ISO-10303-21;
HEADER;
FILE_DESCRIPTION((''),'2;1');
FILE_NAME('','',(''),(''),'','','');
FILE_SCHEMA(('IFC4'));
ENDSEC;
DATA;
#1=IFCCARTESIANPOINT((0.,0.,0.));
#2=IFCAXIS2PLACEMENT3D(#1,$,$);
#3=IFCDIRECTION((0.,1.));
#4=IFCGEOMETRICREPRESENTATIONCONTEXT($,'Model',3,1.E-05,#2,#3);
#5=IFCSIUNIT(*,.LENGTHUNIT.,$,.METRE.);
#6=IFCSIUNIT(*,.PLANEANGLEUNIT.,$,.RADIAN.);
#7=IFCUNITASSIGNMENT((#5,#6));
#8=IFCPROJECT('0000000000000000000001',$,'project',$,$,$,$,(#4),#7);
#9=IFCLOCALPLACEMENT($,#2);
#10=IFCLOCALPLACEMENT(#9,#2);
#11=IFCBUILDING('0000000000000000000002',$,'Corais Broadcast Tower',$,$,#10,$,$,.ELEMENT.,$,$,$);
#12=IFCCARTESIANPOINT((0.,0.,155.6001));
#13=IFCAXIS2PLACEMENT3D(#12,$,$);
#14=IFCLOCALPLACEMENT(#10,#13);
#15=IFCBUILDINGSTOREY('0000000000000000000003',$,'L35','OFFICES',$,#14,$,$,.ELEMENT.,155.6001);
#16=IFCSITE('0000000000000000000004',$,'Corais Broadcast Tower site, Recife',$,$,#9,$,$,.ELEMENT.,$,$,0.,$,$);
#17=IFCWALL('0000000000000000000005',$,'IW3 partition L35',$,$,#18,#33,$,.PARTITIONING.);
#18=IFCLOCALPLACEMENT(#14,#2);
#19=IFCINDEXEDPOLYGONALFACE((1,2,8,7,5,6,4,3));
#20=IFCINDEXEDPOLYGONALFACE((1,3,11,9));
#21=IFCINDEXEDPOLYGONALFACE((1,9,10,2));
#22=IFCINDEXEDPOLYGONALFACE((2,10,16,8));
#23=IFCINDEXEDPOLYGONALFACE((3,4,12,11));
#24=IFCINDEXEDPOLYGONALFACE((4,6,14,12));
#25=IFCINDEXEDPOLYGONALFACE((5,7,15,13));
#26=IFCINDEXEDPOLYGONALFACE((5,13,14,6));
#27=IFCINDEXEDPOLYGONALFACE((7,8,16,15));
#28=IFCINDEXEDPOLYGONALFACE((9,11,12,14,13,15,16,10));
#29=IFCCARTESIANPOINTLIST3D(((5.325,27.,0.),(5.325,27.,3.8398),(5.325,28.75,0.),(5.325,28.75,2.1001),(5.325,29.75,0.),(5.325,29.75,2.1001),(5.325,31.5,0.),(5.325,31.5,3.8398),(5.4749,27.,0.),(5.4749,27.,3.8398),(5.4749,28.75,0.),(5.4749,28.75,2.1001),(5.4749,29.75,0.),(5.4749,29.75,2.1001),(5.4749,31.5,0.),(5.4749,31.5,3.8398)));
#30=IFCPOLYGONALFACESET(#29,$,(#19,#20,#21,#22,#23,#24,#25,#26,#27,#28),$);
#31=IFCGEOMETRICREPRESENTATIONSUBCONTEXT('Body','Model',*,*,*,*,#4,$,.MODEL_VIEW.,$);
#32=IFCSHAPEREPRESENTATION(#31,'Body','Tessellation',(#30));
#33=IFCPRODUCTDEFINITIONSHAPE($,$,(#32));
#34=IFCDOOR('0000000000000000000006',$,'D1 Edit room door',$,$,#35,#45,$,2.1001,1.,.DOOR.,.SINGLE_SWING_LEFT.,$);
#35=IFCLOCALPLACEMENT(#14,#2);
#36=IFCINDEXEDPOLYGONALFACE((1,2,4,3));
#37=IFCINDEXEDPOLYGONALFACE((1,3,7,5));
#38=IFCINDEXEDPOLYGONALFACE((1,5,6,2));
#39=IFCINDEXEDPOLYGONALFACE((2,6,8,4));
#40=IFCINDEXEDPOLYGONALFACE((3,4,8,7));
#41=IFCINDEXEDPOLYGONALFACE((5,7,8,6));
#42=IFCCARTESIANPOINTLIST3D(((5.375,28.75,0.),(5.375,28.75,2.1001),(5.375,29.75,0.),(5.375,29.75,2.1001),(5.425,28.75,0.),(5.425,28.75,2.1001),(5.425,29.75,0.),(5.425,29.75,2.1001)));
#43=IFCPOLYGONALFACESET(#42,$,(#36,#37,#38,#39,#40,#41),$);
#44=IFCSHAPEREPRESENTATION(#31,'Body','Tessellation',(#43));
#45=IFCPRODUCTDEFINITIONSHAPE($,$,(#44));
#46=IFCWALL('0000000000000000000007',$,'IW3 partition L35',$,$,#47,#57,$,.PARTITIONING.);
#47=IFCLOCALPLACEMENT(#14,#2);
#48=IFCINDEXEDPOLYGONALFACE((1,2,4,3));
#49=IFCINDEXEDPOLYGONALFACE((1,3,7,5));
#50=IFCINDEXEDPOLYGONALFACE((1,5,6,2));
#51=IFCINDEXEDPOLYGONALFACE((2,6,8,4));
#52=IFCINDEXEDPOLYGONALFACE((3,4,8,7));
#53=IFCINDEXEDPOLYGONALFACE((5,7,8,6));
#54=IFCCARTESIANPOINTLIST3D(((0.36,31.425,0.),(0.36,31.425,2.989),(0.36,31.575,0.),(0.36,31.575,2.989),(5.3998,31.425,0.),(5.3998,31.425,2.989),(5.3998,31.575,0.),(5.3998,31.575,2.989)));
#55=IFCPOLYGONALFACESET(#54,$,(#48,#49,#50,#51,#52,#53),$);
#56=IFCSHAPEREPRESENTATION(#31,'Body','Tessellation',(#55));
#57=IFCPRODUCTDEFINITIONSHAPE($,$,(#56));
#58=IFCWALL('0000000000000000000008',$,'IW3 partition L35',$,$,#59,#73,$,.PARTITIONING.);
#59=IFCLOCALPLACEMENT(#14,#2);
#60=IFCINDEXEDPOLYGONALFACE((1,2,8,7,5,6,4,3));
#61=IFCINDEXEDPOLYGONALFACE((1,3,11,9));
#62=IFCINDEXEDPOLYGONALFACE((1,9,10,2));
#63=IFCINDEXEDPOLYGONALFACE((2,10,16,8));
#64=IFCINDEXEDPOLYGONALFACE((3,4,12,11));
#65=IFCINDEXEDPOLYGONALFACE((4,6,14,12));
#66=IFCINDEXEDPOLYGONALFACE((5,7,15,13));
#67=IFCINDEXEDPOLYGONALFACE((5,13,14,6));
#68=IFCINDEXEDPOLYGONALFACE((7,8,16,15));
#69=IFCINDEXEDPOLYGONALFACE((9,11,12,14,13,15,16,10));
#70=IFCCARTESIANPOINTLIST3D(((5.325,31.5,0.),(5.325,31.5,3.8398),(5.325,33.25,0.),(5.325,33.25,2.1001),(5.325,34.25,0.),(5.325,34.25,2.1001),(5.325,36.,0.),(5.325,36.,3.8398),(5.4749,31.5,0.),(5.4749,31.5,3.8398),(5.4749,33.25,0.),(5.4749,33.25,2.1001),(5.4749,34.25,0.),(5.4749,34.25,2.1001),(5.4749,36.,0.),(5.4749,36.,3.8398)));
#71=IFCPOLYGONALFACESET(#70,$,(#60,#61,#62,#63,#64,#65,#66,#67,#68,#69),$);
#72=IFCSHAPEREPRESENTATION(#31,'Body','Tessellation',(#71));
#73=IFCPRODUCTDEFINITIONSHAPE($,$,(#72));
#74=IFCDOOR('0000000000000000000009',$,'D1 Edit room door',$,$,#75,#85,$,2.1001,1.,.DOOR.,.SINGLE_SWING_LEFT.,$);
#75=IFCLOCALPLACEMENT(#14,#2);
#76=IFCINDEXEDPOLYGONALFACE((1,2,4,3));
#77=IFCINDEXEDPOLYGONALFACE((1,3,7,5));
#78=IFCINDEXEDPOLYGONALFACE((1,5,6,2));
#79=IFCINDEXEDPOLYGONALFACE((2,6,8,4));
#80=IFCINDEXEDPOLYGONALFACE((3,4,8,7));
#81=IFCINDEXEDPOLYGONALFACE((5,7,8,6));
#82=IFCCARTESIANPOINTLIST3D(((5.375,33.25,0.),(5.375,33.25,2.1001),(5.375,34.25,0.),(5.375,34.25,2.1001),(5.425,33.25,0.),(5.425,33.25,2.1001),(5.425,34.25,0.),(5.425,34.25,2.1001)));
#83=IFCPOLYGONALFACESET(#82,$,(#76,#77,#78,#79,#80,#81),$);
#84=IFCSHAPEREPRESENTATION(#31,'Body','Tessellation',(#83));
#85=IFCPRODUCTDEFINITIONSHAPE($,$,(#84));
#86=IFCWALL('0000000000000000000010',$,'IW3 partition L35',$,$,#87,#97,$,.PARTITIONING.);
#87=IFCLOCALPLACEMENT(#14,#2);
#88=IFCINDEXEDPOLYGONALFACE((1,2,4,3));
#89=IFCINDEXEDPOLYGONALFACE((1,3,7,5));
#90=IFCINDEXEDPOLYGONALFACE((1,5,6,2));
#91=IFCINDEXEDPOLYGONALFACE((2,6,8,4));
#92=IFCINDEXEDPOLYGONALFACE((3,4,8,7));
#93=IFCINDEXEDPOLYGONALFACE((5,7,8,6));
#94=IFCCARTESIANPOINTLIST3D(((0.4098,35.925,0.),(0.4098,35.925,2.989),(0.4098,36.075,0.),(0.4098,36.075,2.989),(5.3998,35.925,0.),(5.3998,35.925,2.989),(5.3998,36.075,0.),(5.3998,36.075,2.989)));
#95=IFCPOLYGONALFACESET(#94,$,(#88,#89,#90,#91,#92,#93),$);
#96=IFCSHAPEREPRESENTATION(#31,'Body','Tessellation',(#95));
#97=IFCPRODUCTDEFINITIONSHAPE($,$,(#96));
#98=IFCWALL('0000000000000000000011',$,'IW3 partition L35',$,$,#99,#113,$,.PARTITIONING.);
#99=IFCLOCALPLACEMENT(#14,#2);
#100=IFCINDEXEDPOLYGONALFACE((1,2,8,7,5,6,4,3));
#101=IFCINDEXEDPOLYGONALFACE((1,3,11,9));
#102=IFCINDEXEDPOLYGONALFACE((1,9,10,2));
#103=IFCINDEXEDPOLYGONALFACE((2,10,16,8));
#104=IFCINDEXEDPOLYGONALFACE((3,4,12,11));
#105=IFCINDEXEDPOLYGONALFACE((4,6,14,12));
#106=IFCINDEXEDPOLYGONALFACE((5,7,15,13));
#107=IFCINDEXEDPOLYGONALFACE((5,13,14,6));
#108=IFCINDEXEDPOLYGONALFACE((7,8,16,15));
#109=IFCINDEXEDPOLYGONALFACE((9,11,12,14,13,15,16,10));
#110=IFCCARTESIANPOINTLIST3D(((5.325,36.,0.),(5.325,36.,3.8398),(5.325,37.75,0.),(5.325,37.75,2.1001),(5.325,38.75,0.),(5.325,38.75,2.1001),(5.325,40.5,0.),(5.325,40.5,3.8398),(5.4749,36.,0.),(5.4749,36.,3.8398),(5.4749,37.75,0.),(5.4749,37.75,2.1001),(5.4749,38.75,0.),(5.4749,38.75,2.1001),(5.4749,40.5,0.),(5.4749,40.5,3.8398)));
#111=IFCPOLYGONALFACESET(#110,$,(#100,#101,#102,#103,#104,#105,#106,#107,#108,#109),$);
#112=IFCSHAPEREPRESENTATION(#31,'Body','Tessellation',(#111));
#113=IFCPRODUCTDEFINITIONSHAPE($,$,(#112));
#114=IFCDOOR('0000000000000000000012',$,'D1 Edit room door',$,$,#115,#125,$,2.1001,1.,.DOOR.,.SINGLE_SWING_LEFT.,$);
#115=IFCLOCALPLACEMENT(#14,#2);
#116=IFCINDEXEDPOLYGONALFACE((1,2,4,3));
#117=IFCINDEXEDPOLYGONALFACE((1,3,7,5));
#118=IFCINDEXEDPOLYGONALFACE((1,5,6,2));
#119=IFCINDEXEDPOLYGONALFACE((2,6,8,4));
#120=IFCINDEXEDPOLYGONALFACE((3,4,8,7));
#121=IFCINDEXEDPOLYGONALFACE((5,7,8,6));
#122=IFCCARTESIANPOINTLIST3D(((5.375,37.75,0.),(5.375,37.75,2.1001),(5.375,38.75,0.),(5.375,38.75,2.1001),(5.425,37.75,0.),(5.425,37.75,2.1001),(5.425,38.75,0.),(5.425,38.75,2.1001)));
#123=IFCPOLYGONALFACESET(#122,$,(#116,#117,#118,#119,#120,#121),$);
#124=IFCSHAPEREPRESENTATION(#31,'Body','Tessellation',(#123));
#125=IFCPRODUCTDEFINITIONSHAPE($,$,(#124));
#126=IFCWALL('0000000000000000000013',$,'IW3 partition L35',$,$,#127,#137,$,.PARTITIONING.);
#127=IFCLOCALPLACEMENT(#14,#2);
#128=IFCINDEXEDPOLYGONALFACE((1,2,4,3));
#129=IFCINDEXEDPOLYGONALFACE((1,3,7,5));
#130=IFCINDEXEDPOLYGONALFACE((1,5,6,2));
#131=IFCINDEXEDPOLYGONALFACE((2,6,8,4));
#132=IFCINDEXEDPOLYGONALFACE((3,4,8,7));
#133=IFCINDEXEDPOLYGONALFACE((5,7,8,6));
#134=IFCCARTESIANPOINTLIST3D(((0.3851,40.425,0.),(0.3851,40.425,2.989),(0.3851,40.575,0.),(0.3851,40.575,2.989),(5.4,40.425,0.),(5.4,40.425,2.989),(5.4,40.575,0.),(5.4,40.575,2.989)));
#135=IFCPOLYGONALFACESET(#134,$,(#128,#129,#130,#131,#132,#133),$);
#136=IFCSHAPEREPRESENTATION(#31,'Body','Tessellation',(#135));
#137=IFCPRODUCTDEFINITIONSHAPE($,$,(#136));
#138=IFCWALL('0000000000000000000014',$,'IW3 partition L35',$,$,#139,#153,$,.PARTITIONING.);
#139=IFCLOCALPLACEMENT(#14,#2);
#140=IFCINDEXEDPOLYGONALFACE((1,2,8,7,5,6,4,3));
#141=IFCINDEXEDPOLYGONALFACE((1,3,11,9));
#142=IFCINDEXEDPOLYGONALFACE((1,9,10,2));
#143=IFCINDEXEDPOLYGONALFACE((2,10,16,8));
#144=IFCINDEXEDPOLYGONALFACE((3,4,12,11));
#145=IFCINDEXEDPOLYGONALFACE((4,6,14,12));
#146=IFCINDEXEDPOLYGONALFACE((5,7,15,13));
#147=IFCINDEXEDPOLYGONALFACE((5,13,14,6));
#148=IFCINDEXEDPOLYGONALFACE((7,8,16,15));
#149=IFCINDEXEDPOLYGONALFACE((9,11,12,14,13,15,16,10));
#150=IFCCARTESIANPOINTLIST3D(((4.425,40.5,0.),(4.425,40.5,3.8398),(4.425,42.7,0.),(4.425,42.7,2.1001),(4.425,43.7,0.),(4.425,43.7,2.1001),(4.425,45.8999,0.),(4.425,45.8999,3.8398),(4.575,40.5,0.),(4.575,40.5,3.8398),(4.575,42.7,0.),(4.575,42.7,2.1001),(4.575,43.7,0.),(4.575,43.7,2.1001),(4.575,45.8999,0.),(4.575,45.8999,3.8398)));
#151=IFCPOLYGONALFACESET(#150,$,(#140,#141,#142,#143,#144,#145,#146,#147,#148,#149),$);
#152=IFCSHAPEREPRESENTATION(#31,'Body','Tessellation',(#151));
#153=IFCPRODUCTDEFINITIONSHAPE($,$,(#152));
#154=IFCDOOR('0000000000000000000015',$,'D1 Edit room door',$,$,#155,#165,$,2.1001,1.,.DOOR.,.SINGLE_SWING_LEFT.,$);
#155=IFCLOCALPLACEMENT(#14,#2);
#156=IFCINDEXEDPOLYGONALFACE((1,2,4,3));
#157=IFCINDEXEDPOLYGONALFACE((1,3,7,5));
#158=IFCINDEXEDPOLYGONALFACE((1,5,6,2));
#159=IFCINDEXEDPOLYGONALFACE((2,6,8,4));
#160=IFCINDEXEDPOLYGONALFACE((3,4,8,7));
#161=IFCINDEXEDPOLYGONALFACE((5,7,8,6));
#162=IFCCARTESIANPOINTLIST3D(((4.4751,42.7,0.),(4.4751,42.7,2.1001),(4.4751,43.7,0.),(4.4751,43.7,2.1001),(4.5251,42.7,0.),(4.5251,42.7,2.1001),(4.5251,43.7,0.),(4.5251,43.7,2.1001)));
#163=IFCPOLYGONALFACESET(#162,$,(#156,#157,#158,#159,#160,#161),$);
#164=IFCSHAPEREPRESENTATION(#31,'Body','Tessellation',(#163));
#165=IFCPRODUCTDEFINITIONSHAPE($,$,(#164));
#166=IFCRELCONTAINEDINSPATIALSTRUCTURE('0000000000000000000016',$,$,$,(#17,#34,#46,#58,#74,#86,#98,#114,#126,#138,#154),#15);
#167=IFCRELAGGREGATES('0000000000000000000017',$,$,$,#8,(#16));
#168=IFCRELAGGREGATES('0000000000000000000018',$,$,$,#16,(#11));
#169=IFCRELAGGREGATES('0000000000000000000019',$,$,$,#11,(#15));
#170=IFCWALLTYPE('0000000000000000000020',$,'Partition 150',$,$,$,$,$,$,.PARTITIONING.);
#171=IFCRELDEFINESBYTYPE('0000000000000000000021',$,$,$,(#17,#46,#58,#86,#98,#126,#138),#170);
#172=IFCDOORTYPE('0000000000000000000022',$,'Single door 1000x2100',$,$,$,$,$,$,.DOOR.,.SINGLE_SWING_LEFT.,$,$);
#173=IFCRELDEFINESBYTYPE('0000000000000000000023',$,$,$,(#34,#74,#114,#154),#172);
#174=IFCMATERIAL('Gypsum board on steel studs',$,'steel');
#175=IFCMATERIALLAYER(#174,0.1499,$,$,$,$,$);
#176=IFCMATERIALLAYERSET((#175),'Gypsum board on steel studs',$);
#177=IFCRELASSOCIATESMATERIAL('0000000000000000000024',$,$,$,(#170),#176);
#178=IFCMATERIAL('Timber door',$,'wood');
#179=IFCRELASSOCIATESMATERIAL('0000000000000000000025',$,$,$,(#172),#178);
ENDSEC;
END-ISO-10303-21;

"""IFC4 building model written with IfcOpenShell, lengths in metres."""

from ifc_helpers import new_model, si_unit, direction, frame, frame_2d, origin, place, context, subcontext, project, spatial, rectangle, extrude, material, layer, layer_set, type_object, element, fill, save


model = new_model("IFC4")

# Units and contexts
model_context = context("Model", 3, precision=1e-05, world=origin(), true_north=direction((0.0, 1.0)))
body_context = subcontext(model_context, "Body", "Model", "MODEL_VIEW")
ifc_project = project(units=[si_unit("LENGTHUNIT", "METRE"), si_unit("PLANEANGLEUNIT", "RADIAN")], contexts=[model_context])

# Site, building, storey
site_placement = place(None, origin())
site = spatial("IfcSite", under=ifc_project, at=site_placement, Name="Corais Broadcast Tower site, Recife", CompositionType="ELEMENT", RefElevation=0.0)
building_placement = place(site_placement, origin())
building = spatial("IfcBuilding", under=site, at=building_placement, Name="Corais Broadcast Tower", CompositionType="ELEMENT")
storey_placement = place(building_placement, frame((0.0, 0.0, 155.6001)))
storey = spatial("IfcBuildingStorey", under=building, at=storey_placement, Name="L35", Description="OFFICES", CompositionType="ELEMENT", Elevation=155.6001)

# Shared definitions
ifc_material_1 = material(Name="Gypsum board on steel studs", Category="steel")
ifc_layer_1 = layer(ifc_material_1, 0.1499)
ifc_layer_set_1 = layer_set([ifc_layer_1], Name="Gypsum board on steel studs")
wall_type_1 = type_object("IfcWallType", Name="Partition 150", PredefinedType="PARTITIONING", material=ifc_layer_set_1)
ifc_material_2 = material(Name="Timber door", Category="wood")
door_type_1 = type_object("IfcDoorType", Name="Single door 1000x2100", OperationType="SINGLE_SWING_LEFT", PredefinedType="DOOR", material=ifc_material_2)

# Wall, opening, door
wall_1_placement = place(storey_placement, frame((5.3999, 27.0, 0.0), z_axis=(0.0, 0.0, 1.0), x_axis=(0.0, 1.0, 0.0)))
wall_1 = element("IfcWall", 1, at=wall_1_placement, inside=storey, type_object=wall_type_1, Name="IW3 partition L35", PredefinedType="PARTITIONING", context=body_context, shape_type="SweptSolid", body=[
    extrude(rectangle(XDim=4.5, YDim=0.1499, at=frame_2d((2.25, 0.0))), origin(), (0.0, 0.0, 1.0), 3.8398),
])
opening_1_placement = place(wall_1_placement, frame((1.75, 0.0, 0.0)))
opening_1 = element("IfcOpeningElement", 2, at=opening_1_placement, cuts=wall_1, PredefinedType="OPENING", context=body_context, shape_type="SweptSolid", body=[
    extrude(rectangle(XDim=1.0, YDim=2.1001, at=frame_2d((0.5, 1.05))), frame((0.0, 0.085, 0.0), z_axis=(0.0, -1.0, 0.0), x_axis=(1.0, 0.0, 0.0)), (0.0, 0.0, 1.0), 0.1699),
])
door_1_placement = place(opening_1_placement, origin())
door_1 = element("IfcDoor", 3, at=door_1_placement, inside=storey, type_object=door_type_1, Name="D1 Edit room door", OperationType="SINGLE_SWING_LEFT", OverallHeight=2.1001, OverallWidth=1.0, PredefinedType="DOOR", context=body_context, shape_type="SweptSolid", body=[
    extrude(rectangle(XDim=1.0, YDim=2.1001, at=frame_2d((0.5, 1.05))), frame((0.0, 0.0249, 0.0), z_axis=(0.0, -1.0, 0.0), x_axis=(1.0, 0.0, 0.0)), (0.0, 0.0, 1.0), 0.05),
])
fill(opening_1, door_1)

# Wall
wall_2_placement = place(storey_placement, frame((5.3999, 31.5, 0.0), z_axis=(0.0, 0.0, 1.0), x_axis=(-1.0, 0.0, 0.0)))
element("IfcWall", 4, at=wall_2_placement, inside=storey, type_object=wall_type_1, Name="IW3 partition L35", PredefinedType="PARTITIONING", context=body_context, shape_type="SweptSolid", body=[
    extrude(rectangle(XDim=5.0398, YDim=0.1499, at=frame_2d((2.52, 0.0))), origin(), (0.0, 0.0, 1.0), 2.989),
])

# Wall, opening, door
wall_3_placement = place(storey_placement, frame((5.3999, 31.5, 0.0), z_axis=(0.0, 0.0, 1.0), x_axis=(0.0, 1.0, 0.0)))
wall_3 = element("IfcWall", 5, at=wall_3_placement, inside=storey, type_object=wall_type_1, Name="IW3 partition L35", PredefinedType="PARTITIONING", context=body_context, shape_type="SweptSolid", body=[
    extrude(rectangle(XDim=4.5, YDim=0.1499, at=frame_2d((2.25, 0.0))), origin(), (0.0, 0.0, 1.0), 3.8398),
])
opening_2_placement = place(wall_3_placement, frame((1.75, 0.0, 0.0)))
opening_2 = element("IfcOpeningElement", 6, at=opening_2_placement, cuts=wall_3, PredefinedType="OPENING", context=body_context, shape_type="SweptSolid", body=[
    extrude(rectangle(XDim=1.0, YDim=2.1001, at=frame_2d((0.5, 1.05))), frame((0.0, 0.085, 0.0), z_axis=(0.0, -1.0, 0.0), x_axis=(1.0, 0.0, 0.0)), (0.0, 0.0, 1.0), 0.1699),
])
door_2_placement = place(opening_2_placement, origin())
door_2 = element("IfcDoor", 7, at=door_2_placement, inside=storey, type_object=door_type_1, Name="D1 Edit room door", OperationType="SINGLE_SWING_LEFT", OverallHeight=2.1001, OverallWidth=1.0, PredefinedType="DOOR", context=body_context, shape_type="SweptSolid", body=[
    extrude(rectangle(XDim=1.0, YDim=2.1001, at=frame_2d((0.5, 1.05))), frame((0.0, 0.0249, 0.0), z_axis=(0.0, -1.0, 0.0), x_axis=(1.0, 0.0, 0.0)), (0.0, 0.0, 1.0), 0.05),
])
fill(opening_2, door_2)

# Wall
wall_4_placement = place(storey_placement, frame((5.3999, 36.0, 0.0), z_axis=(0.0, 0.0, 1.0), x_axis=(-1.0, 0.0, 0.0)))
element("IfcWall", 8, at=wall_4_placement, inside=storey, type_object=wall_type_1, Name="IW3 partition L35", PredefinedType="PARTITIONING", context=body_context, shape_type="SweptSolid", body=[
    extrude(rectangle(XDim=4.99, YDim=0.1499, at=frame_2d((2.4951, 0.0))), origin(), (0.0, 0.0, 1.0), 2.989),
])

# Wall, opening, door
wall_5_placement = place(storey_placement, frame((5.3999, 36.0, 0.0), z_axis=(0.0, 0.0, 1.0), x_axis=(0.0, 1.0, 0.0)))
wall_5 = element("IfcWall", 9, at=wall_5_placement, inside=storey, type_object=wall_type_1, Name="IW3 partition L35", PredefinedType="PARTITIONING", context=body_context, shape_type="SweptSolid", body=[
    extrude(rectangle(XDim=4.5, YDim=0.1499, at=frame_2d((2.25, 0.0))), origin(), (0.0, 0.0, 1.0), 3.8398),
])
opening_3_placement = place(wall_5_placement, frame((1.75, 0.0, 0.0)))
opening_3 = element("IfcOpeningElement", 10, at=opening_3_placement, cuts=wall_5, PredefinedType="OPENING", context=body_context, shape_type="SweptSolid", body=[
    extrude(rectangle(XDim=1.0, YDim=2.1001, at=frame_2d((0.5, 1.05))), frame((0.0, 0.085, 0.0), z_axis=(0.0, -1.0, 0.0), x_axis=(1.0, 0.0, 0.0)), (0.0, 0.0, 1.0), 0.1699),
])
door_3_placement = place(opening_3_placement, origin())
door_3 = element("IfcDoor", 11, at=door_3_placement, inside=storey, type_object=door_type_1, Name="D1 Edit room door", OperationType="SINGLE_SWING_LEFT", OverallHeight=2.1001, OverallWidth=1.0, PredefinedType="DOOR", context=body_context, shape_type="SweptSolid", body=[
    extrude(rectangle(XDim=1.0, YDim=2.1001, at=frame_2d((0.5, 1.05))), frame((0.0, 0.0249, 0.0), z_axis=(0.0, -1.0, 0.0), x_axis=(1.0, 0.0, 0.0)), (0.0, 0.0, 1.0), 0.05),
])
fill(opening_3, door_3)

# Wall
wall_6_placement = place(storey_placement, frame((5.3999, 40.5, 0.0), z_axis=(0.0, 0.0, 1.0), x_axis=(-1.0, 0.0, 0.0)))
element("IfcWall", 12, at=wall_6_placement, inside=storey, type_object=wall_type_1, Name="IW3 partition L35", PredefinedType="PARTITIONING", context=body_context, shape_type="SweptSolid", body=[
    extrude(rectangle(XDim=5.0149, YDim=0.1499, at=frame_2d((2.5073, 0.0))), origin(), (0.0, 0.0, 1.0), 2.989),
])

# Wall, opening, door
wall_7_placement = place(storey_placement, frame((4.5, 40.5, 0.0), z_axis=(0.0, 0.0, 1.0), x_axis=(0.0, 1.0, 0.0)))
wall_7 = element("IfcWall", 13, at=wall_7_placement, inside=storey, type_object=wall_type_1, Name="IW3 partition L35", PredefinedType="PARTITIONING", context=body_context, shape_type="SweptSolid", body=[
    extrude(rectangle(XDim=5.3999, YDim=0.1499, at=frame_2d((2.7, 0.0))), origin(), (0.0, 0.0, 1.0), 3.8398),
])
opening_4_placement = place(wall_7_placement, frame((2.2, 0.0, 0.0)))
opening_4 = element("IfcOpeningElement", 14, at=opening_4_placement, cuts=wall_7, PredefinedType="OPENING", context=body_context, shape_type="SweptSolid", body=[
    extrude(rectangle(XDim=1.0, YDim=2.1001, at=frame_2d((0.5, 1.05))), frame((0.0, 0.085, 0.0), z_axis=(0.0, -1.0, 0.0), x_axis=(1.0, 0.0, 0.0)), (0.0, 0.0, 1.0), 0.1699),
])
door_4_placement = place(opening_4_placement, origin())
door_4 = element("IfcDoor", 15, at=door_4_placement, inside=storey, type_object=door_type_1, Name="D1 Edit room door", OperationType="SINGLE_SWING_LEFT", OverallHeight=2.1001, OverallWidth=1.0, PredefinedType="DOOR", context=body_context, shape_type="SweptSolid", body=[
    extrude(rectangle(XDim=1.0, YDim=2.1001, at=frame_2d((0.5, 1.05))), frame((0.0, 0.0249, 0.0), z_axis=(0.0, -1.0, 0.0), x_axis=(1.0, 0.0, 0.0)), (0.0, 0.0, 1.0), 0.05),
])
fill(opening_4, door_4)

save(model, "model.ifc")
